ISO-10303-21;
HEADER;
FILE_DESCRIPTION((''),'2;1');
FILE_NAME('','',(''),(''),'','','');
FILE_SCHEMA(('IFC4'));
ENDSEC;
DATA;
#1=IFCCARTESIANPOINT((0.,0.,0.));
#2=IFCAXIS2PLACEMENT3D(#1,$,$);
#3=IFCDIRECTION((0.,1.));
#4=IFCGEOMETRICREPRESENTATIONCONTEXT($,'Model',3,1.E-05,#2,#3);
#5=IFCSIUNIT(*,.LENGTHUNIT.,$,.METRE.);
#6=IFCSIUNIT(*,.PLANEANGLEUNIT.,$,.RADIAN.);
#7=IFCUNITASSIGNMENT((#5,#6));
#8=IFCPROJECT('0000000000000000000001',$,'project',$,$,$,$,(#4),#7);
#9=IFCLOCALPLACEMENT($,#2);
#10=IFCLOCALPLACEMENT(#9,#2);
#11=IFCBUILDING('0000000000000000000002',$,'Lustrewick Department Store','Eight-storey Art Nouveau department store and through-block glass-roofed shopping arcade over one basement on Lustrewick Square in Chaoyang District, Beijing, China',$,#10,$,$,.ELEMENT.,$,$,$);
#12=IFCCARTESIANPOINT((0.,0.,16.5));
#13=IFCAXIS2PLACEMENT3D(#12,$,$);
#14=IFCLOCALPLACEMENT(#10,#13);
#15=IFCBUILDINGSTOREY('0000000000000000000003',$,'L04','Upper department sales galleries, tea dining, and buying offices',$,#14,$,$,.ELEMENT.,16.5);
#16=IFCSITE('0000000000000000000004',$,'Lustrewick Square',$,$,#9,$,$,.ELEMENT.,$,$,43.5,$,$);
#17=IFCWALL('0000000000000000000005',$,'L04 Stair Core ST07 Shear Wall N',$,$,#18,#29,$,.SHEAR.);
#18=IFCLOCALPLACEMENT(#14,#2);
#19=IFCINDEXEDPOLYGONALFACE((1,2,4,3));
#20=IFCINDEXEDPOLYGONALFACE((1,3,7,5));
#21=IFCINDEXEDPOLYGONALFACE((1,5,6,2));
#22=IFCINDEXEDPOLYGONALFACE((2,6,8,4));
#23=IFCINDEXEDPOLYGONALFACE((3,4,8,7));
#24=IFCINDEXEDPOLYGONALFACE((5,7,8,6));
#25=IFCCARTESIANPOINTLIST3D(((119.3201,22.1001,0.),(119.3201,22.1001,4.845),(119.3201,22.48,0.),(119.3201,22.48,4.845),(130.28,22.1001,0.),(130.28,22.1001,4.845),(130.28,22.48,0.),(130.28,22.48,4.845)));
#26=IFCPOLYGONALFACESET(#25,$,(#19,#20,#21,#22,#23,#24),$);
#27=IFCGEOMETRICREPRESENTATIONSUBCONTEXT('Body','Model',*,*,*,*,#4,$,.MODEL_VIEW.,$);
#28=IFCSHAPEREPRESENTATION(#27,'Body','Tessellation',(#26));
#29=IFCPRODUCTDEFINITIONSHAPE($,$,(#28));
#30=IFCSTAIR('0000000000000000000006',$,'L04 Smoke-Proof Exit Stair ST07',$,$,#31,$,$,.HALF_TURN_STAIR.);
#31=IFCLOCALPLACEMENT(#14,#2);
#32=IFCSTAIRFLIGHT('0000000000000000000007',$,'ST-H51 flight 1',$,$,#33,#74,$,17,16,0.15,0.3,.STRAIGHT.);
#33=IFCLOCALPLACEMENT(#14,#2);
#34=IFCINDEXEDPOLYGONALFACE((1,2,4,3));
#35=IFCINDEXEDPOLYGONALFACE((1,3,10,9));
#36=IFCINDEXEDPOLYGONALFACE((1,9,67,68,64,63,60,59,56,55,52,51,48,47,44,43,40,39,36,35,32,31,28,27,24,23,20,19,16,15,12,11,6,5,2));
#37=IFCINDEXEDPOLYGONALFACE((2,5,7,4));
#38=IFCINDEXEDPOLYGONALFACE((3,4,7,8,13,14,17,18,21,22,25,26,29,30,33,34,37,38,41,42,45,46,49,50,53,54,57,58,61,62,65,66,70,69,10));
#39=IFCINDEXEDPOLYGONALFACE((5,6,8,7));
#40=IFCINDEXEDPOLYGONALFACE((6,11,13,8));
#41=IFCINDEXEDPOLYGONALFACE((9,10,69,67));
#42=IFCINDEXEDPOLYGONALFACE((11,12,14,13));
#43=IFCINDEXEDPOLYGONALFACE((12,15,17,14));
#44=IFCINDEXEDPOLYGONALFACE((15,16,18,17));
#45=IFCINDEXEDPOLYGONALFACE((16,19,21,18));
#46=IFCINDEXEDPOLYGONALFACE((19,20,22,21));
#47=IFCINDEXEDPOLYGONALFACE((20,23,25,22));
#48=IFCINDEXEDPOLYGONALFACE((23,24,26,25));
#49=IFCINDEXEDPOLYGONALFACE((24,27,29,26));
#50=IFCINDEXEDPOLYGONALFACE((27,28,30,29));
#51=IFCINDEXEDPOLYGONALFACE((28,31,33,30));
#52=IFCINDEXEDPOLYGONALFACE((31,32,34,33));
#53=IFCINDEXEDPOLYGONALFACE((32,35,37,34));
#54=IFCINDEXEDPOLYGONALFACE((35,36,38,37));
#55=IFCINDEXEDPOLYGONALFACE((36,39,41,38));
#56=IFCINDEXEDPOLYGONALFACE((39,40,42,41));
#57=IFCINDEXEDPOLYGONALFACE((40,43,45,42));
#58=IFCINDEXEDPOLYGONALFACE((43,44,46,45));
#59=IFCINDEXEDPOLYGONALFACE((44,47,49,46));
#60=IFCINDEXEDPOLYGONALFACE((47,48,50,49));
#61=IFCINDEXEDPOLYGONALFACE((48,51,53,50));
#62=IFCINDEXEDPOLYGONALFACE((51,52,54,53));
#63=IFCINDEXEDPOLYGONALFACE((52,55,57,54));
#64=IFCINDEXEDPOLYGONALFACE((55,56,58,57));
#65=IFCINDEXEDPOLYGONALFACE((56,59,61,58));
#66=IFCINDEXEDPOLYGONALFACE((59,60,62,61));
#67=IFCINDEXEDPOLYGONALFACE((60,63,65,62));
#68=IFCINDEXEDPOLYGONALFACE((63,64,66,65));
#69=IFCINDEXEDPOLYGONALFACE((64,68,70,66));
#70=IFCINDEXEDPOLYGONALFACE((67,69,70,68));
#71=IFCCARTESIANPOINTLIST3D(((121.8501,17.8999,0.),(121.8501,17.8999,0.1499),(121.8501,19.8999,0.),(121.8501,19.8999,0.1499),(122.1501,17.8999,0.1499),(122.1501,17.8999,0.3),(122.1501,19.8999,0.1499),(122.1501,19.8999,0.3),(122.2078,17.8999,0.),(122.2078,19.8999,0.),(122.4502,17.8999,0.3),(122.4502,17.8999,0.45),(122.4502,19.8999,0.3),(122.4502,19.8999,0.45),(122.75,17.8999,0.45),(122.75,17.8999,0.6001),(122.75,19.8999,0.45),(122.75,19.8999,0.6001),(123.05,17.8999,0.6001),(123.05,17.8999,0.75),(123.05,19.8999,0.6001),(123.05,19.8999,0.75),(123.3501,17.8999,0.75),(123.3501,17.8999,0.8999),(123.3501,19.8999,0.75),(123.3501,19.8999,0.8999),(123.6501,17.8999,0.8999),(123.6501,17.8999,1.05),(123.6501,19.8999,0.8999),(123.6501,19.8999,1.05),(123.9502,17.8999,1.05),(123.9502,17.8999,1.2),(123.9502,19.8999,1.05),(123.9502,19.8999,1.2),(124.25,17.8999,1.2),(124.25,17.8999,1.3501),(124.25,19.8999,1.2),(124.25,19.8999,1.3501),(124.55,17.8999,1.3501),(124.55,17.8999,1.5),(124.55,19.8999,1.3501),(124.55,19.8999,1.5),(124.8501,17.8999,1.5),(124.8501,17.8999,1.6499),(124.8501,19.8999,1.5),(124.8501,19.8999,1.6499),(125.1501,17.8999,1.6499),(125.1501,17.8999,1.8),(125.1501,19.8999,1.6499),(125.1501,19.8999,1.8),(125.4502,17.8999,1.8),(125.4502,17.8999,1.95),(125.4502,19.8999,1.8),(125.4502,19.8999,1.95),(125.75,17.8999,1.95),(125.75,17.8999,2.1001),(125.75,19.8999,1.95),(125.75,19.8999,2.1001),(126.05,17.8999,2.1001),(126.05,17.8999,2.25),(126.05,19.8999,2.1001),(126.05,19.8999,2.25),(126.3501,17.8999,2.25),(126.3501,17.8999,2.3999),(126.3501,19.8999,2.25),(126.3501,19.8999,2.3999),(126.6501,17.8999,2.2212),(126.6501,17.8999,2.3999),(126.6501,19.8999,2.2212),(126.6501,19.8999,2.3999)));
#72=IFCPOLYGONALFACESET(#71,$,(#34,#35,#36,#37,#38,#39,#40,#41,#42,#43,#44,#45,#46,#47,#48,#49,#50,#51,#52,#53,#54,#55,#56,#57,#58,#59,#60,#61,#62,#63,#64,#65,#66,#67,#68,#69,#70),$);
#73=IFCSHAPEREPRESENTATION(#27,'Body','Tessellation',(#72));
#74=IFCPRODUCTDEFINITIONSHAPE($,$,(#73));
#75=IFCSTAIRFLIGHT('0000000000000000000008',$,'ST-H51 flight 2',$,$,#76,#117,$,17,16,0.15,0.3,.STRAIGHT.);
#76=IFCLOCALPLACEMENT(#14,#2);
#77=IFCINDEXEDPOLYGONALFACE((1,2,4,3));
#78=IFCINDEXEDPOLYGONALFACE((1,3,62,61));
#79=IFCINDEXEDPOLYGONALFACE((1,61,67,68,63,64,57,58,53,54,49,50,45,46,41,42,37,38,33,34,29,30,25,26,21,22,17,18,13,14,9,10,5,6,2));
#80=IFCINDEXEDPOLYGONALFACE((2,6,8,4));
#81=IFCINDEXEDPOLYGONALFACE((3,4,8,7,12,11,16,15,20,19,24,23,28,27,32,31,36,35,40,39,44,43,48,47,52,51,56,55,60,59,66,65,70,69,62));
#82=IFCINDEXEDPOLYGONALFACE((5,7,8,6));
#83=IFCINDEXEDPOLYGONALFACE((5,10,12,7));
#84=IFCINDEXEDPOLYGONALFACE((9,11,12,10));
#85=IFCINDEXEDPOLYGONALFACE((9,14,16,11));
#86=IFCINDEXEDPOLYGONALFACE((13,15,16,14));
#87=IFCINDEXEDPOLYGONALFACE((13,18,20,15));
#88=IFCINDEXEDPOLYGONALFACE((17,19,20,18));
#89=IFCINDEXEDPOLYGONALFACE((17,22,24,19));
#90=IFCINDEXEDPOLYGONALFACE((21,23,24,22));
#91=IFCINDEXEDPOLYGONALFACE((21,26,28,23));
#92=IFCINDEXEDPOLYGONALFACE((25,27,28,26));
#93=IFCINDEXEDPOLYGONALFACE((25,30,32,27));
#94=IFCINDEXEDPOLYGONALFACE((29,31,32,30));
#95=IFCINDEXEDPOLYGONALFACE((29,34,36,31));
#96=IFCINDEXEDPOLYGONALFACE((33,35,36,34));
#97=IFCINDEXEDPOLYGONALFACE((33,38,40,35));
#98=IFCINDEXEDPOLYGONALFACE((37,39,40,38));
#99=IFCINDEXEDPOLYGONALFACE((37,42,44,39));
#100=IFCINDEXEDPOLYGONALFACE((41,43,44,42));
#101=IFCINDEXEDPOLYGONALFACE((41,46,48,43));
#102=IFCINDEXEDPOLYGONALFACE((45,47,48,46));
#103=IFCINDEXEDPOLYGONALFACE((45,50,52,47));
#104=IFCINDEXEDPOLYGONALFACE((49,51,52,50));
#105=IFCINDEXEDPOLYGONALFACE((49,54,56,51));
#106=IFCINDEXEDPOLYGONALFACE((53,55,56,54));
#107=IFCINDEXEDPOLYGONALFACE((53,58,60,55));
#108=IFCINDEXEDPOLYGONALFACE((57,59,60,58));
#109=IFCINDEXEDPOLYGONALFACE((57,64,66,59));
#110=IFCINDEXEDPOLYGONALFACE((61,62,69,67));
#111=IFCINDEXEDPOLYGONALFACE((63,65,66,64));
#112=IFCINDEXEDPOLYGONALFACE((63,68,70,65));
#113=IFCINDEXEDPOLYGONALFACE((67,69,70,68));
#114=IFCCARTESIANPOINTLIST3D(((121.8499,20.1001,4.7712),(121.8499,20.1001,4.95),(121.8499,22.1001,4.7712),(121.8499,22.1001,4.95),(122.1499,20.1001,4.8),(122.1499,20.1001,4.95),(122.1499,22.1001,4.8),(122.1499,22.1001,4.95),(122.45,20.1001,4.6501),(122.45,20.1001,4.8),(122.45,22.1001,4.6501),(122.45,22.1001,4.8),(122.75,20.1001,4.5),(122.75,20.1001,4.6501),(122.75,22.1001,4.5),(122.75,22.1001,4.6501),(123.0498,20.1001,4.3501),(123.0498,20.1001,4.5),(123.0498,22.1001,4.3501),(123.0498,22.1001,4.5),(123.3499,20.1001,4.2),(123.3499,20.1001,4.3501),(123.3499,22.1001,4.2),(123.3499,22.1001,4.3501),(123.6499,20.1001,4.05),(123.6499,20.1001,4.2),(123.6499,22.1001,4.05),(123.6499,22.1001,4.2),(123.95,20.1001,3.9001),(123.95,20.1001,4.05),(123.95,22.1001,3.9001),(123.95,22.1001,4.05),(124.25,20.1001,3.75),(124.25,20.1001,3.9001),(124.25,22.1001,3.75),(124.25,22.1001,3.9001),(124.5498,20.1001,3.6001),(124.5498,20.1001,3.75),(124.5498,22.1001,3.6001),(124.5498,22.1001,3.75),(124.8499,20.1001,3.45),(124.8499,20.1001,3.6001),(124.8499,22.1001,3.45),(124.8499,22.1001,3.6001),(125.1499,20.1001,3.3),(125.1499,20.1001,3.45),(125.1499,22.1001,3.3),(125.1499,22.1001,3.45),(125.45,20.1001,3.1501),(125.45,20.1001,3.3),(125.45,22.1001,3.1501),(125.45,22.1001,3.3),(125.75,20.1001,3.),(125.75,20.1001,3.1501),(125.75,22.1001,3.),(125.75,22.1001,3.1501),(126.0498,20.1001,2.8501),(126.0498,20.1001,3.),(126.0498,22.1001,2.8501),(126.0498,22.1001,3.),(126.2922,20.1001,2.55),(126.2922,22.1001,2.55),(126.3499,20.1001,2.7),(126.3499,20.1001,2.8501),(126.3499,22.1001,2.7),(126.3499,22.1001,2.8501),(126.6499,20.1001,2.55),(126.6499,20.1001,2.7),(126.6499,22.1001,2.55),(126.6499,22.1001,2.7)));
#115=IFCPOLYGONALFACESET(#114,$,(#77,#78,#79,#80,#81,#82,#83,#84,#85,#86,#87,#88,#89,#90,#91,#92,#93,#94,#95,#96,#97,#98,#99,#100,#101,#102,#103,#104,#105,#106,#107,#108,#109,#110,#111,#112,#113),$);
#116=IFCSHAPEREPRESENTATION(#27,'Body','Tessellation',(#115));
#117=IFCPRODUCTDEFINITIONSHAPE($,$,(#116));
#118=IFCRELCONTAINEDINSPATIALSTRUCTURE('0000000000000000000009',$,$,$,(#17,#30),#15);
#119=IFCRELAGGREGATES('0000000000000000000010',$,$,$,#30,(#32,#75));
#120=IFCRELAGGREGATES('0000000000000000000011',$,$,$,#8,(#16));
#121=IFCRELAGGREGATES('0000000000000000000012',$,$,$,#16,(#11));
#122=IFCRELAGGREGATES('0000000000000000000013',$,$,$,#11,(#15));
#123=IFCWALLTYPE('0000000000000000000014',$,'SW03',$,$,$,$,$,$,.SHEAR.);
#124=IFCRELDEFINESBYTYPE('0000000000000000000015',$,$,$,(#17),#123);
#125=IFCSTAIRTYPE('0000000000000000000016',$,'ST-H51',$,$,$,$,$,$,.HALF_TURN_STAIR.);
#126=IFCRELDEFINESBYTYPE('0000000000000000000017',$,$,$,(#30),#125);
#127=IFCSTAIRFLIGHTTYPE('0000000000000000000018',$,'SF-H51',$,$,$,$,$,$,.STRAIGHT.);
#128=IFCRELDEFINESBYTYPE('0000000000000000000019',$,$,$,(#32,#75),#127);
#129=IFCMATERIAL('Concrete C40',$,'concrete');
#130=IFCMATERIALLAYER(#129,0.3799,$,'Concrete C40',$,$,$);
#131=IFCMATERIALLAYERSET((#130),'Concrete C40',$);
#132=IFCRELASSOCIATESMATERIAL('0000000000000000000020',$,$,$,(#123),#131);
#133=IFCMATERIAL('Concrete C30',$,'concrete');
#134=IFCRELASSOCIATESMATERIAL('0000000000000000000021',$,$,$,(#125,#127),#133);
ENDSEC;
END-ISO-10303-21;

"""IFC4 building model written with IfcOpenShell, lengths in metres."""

from ifc_helpers import new_model, si_unit, direction, frame, frame_2d, origin, place, context, subcontext, project, spatial, polyline, rectangle, outline, extrude, material, layer, layer_set, type_object, element, aggregate, save


model = new_model("IFC4")

# Units and contexts
model_context = context("Model", 3, precision=1e-05, world=origin(), true_north=direction((0.0, 1.0)))
body_context = subcontext(model_context, "Body", "Model", "MODEL_VIEW")
ifc_project = project(units=[si_unit("LENGTHUNIT", "METRE"), si_unit("PLANEANGLEUNIT", "RADIAN")], contexts=[model_context])

# Site, building, storey
site_placement = place(None, origin())
site = spatial("IfcSite", under=ifc_project, at=site_placement, Name="Lustrewick Square", CompositionType="ELEMENT", RefElevation=43.5)
building_placement = place(site_placement, origin())
building = spatial("IfcBuilding", under=site, at=building_placement, Name="Lustrewick Department Store", Description="Eight-storey Art Nouveau department store and through-block glass-roofed shopping arcade over one basement on Lustrewick Square in Chaoyang District, Beijing, China", CompositionType="ELEMENT")
storey_placement = place(building_placement, frame((0.0, 0.0, 16.5)))
storey = spatial("IfcBuildingStorey", under=building, at=storey_placement, Name="L04", Description="Upper department sales galleries, tea dining, and buying offices", CompositionType="ELEMENT", Elevation=16.5)

# Wall
ifc_material_1 = material(Name="Concrete C40", Category="concrete")
ifc_layer_1 = layer(ifc_material_1, 0.3799, Name="Concrete C40")
ifc_layer_set_1 = layer_set([ifc_layer_1], Name="Concrete C40")
wall_type_1 = type_object("IfcWallType", Name="SW03", PredefinedType="SHEAR", material=ifc_layer_set_1)
wall_1_placement = place(storey_placement, frame((130.28, 22.29, 0.0), z_axis=(0.0, 0.0, 1.0), x_axis=(-1.0, 0.0, 0.0)))
element("IfcWall", 1, at=wall_1_placement, inside=storey, type_object=wall_type_1, Name="L04 Stair Core ST07 Shear Wall N", PredefinedType="SHEAR", context=body_context, shape_type="SweptSolid", body=[
    extrude(rectangle(XDim=10.96, YDim=0.3799, at=frame_2d((5.48, 0.0))), origin(), (0.0, 0.0, 1.0), 4.845),
])

# Stair, stair flights
ifc_material_2 = material(Name="Concrete C30", Category="concrete")
stair_type = type_object("IfcStairType", Name="ST-H51", PredefinedType="HALF_TURN_STAIR", material=ifc_material_2)
stair_placement = place(storey_placement, origin())
stair = element("IfcStair", 2, at=stair_placement, inside=storey, type_object=stair_type, Name="L04 Smoke-Proof Exit Stair ST07", PredefinedType="HALF_TURN_STAIR")
stair_flight_type = type_object("IfcStairFlightType", Name="SF-H51", PredefinedType="STRAIGHT", material=ifc_material_2)
stair_flight_1_placement = place(storey_placement, frame((121.8501, 18.8999, 0.0), z_axis=(0.0, 0.0, 1.0), x_axis=(1.0, 0.0, 0.0)))
stair_flight_1 = element("IfcStairFlight", 3, at=stair_flight_1_placement, type_object=stair_flight_type, Name="ST-H51 flight 1", NumberOfRisers=17, NumberOfTreads=16, PredefinedType="STRAIGHT", RiserHeight=0.15, TreadLength=0.3, context=body_context, shape_type="SweptSolid", body=[
    extrude(outline(polyline([(0.0, 0.0), (0.0, 0.1499), (0.3, 0.1499), (0.3, 0.3), (0.6001, 0.3), (0.6001, 0.45), (0.8999, 0.45), (0.8999, 0.6001), (1.2, 0.6001), (1.2, 0.75), (1.5, 0.75), (1.5, 0.8999), (1.8, 0.8999), (1.8, 1.05), (2.1001, 1.05), (2.1001, 1.2), (2.3999, 1.2), (2.3999, 1.3501), (2.7, 1.3501), (2.7, 1.5), (3.0, 1.5), (3.0, 1.6499), (3.3, 1.6499), (3.3, 1.8), (3.6001, 1.8), (3.6001, 1.95), (3.8999, 1.95), (3.8999, 2.1001), (4.2, 2.1001), (4.2, 2.25), (4.5, 2.25), (4.5, 2.3999), (4.8, 2.3999), (4.8, 2.55), (4.8, 2.2212), (0.3577, 0.0), (0.0, 0.0)])), frame((0.0, 1.0, 0.0), z_axis=(0.0, -1.0, 0.0), x_axis=(1.0, 0.0, 0.0)), (0.0, 0.0, 1.0), 2.0),
])
stair_flight_2_placement = place(storey_placement, frame((126.6499, 21.1001, 2.55), z_axis=(0.0, 0.0, 1.0), x_axis=(-1.0, 0.0, 0.0)))
stair_flight_2 = element("IfcStairFlight", 4, at=stair_flight_2_placement, type_object=stair_flight_type, Name="ST-H51 flight 2", NumberOfRisers=17, NumberOfTreads=16, PredefinedType="STRAIGHT", RiserHeight=0.15, TreadLength=0.3, context=body_context, shape_type="SweptSolid", body=[
    extrude(outline(polyline([(0.0, 0.0), (0.0, 0.1499), (0.3, 0.1499), (0.3, 0.3), (0.6001, 0.3), (0.6001, 0.45), (0.8999, 0.45), (0.8999, 0.6001), (1.2, 0.6001), (1.2, 0.75), (1.5, 0.75), (1.5, 0.8999), (1.8, 0.8999), (1.8, 1.05), (2.1001, 1.05), (2.1001, 1.2), (2.3999, 1.2), (2.3999, 1.3501), (2.7, 1.3501), (2.7, 1.5), (3.0, 1.5), (3.0, 1.6499), (3.3, 1.6499), (3.3, 1.8), (3.6001, 1.8), (3.6001, 1.95), (3.8999, 1.95), (3.8999, 2.1001), (4.2, 2.1001), (4.2, 2.25), (4.5, 2.25), (4.5, 2.3999), (4.8, 2.3999), (4.8, 2.55), (4.8, 2.2212), (0.3577, 0.0), (0.0, 0.0)])), frame((0.0, 1.0, 0.0), z_axis=(0.0, -1.0, 0.0), x_axis=(1.0, 0.0, 0.0)), (0.0, 0.0, 1.0), 2.0),
])
aggregate(stair, [stair_flight_1, stair_flight_2])

save(model, "model.ifc")
